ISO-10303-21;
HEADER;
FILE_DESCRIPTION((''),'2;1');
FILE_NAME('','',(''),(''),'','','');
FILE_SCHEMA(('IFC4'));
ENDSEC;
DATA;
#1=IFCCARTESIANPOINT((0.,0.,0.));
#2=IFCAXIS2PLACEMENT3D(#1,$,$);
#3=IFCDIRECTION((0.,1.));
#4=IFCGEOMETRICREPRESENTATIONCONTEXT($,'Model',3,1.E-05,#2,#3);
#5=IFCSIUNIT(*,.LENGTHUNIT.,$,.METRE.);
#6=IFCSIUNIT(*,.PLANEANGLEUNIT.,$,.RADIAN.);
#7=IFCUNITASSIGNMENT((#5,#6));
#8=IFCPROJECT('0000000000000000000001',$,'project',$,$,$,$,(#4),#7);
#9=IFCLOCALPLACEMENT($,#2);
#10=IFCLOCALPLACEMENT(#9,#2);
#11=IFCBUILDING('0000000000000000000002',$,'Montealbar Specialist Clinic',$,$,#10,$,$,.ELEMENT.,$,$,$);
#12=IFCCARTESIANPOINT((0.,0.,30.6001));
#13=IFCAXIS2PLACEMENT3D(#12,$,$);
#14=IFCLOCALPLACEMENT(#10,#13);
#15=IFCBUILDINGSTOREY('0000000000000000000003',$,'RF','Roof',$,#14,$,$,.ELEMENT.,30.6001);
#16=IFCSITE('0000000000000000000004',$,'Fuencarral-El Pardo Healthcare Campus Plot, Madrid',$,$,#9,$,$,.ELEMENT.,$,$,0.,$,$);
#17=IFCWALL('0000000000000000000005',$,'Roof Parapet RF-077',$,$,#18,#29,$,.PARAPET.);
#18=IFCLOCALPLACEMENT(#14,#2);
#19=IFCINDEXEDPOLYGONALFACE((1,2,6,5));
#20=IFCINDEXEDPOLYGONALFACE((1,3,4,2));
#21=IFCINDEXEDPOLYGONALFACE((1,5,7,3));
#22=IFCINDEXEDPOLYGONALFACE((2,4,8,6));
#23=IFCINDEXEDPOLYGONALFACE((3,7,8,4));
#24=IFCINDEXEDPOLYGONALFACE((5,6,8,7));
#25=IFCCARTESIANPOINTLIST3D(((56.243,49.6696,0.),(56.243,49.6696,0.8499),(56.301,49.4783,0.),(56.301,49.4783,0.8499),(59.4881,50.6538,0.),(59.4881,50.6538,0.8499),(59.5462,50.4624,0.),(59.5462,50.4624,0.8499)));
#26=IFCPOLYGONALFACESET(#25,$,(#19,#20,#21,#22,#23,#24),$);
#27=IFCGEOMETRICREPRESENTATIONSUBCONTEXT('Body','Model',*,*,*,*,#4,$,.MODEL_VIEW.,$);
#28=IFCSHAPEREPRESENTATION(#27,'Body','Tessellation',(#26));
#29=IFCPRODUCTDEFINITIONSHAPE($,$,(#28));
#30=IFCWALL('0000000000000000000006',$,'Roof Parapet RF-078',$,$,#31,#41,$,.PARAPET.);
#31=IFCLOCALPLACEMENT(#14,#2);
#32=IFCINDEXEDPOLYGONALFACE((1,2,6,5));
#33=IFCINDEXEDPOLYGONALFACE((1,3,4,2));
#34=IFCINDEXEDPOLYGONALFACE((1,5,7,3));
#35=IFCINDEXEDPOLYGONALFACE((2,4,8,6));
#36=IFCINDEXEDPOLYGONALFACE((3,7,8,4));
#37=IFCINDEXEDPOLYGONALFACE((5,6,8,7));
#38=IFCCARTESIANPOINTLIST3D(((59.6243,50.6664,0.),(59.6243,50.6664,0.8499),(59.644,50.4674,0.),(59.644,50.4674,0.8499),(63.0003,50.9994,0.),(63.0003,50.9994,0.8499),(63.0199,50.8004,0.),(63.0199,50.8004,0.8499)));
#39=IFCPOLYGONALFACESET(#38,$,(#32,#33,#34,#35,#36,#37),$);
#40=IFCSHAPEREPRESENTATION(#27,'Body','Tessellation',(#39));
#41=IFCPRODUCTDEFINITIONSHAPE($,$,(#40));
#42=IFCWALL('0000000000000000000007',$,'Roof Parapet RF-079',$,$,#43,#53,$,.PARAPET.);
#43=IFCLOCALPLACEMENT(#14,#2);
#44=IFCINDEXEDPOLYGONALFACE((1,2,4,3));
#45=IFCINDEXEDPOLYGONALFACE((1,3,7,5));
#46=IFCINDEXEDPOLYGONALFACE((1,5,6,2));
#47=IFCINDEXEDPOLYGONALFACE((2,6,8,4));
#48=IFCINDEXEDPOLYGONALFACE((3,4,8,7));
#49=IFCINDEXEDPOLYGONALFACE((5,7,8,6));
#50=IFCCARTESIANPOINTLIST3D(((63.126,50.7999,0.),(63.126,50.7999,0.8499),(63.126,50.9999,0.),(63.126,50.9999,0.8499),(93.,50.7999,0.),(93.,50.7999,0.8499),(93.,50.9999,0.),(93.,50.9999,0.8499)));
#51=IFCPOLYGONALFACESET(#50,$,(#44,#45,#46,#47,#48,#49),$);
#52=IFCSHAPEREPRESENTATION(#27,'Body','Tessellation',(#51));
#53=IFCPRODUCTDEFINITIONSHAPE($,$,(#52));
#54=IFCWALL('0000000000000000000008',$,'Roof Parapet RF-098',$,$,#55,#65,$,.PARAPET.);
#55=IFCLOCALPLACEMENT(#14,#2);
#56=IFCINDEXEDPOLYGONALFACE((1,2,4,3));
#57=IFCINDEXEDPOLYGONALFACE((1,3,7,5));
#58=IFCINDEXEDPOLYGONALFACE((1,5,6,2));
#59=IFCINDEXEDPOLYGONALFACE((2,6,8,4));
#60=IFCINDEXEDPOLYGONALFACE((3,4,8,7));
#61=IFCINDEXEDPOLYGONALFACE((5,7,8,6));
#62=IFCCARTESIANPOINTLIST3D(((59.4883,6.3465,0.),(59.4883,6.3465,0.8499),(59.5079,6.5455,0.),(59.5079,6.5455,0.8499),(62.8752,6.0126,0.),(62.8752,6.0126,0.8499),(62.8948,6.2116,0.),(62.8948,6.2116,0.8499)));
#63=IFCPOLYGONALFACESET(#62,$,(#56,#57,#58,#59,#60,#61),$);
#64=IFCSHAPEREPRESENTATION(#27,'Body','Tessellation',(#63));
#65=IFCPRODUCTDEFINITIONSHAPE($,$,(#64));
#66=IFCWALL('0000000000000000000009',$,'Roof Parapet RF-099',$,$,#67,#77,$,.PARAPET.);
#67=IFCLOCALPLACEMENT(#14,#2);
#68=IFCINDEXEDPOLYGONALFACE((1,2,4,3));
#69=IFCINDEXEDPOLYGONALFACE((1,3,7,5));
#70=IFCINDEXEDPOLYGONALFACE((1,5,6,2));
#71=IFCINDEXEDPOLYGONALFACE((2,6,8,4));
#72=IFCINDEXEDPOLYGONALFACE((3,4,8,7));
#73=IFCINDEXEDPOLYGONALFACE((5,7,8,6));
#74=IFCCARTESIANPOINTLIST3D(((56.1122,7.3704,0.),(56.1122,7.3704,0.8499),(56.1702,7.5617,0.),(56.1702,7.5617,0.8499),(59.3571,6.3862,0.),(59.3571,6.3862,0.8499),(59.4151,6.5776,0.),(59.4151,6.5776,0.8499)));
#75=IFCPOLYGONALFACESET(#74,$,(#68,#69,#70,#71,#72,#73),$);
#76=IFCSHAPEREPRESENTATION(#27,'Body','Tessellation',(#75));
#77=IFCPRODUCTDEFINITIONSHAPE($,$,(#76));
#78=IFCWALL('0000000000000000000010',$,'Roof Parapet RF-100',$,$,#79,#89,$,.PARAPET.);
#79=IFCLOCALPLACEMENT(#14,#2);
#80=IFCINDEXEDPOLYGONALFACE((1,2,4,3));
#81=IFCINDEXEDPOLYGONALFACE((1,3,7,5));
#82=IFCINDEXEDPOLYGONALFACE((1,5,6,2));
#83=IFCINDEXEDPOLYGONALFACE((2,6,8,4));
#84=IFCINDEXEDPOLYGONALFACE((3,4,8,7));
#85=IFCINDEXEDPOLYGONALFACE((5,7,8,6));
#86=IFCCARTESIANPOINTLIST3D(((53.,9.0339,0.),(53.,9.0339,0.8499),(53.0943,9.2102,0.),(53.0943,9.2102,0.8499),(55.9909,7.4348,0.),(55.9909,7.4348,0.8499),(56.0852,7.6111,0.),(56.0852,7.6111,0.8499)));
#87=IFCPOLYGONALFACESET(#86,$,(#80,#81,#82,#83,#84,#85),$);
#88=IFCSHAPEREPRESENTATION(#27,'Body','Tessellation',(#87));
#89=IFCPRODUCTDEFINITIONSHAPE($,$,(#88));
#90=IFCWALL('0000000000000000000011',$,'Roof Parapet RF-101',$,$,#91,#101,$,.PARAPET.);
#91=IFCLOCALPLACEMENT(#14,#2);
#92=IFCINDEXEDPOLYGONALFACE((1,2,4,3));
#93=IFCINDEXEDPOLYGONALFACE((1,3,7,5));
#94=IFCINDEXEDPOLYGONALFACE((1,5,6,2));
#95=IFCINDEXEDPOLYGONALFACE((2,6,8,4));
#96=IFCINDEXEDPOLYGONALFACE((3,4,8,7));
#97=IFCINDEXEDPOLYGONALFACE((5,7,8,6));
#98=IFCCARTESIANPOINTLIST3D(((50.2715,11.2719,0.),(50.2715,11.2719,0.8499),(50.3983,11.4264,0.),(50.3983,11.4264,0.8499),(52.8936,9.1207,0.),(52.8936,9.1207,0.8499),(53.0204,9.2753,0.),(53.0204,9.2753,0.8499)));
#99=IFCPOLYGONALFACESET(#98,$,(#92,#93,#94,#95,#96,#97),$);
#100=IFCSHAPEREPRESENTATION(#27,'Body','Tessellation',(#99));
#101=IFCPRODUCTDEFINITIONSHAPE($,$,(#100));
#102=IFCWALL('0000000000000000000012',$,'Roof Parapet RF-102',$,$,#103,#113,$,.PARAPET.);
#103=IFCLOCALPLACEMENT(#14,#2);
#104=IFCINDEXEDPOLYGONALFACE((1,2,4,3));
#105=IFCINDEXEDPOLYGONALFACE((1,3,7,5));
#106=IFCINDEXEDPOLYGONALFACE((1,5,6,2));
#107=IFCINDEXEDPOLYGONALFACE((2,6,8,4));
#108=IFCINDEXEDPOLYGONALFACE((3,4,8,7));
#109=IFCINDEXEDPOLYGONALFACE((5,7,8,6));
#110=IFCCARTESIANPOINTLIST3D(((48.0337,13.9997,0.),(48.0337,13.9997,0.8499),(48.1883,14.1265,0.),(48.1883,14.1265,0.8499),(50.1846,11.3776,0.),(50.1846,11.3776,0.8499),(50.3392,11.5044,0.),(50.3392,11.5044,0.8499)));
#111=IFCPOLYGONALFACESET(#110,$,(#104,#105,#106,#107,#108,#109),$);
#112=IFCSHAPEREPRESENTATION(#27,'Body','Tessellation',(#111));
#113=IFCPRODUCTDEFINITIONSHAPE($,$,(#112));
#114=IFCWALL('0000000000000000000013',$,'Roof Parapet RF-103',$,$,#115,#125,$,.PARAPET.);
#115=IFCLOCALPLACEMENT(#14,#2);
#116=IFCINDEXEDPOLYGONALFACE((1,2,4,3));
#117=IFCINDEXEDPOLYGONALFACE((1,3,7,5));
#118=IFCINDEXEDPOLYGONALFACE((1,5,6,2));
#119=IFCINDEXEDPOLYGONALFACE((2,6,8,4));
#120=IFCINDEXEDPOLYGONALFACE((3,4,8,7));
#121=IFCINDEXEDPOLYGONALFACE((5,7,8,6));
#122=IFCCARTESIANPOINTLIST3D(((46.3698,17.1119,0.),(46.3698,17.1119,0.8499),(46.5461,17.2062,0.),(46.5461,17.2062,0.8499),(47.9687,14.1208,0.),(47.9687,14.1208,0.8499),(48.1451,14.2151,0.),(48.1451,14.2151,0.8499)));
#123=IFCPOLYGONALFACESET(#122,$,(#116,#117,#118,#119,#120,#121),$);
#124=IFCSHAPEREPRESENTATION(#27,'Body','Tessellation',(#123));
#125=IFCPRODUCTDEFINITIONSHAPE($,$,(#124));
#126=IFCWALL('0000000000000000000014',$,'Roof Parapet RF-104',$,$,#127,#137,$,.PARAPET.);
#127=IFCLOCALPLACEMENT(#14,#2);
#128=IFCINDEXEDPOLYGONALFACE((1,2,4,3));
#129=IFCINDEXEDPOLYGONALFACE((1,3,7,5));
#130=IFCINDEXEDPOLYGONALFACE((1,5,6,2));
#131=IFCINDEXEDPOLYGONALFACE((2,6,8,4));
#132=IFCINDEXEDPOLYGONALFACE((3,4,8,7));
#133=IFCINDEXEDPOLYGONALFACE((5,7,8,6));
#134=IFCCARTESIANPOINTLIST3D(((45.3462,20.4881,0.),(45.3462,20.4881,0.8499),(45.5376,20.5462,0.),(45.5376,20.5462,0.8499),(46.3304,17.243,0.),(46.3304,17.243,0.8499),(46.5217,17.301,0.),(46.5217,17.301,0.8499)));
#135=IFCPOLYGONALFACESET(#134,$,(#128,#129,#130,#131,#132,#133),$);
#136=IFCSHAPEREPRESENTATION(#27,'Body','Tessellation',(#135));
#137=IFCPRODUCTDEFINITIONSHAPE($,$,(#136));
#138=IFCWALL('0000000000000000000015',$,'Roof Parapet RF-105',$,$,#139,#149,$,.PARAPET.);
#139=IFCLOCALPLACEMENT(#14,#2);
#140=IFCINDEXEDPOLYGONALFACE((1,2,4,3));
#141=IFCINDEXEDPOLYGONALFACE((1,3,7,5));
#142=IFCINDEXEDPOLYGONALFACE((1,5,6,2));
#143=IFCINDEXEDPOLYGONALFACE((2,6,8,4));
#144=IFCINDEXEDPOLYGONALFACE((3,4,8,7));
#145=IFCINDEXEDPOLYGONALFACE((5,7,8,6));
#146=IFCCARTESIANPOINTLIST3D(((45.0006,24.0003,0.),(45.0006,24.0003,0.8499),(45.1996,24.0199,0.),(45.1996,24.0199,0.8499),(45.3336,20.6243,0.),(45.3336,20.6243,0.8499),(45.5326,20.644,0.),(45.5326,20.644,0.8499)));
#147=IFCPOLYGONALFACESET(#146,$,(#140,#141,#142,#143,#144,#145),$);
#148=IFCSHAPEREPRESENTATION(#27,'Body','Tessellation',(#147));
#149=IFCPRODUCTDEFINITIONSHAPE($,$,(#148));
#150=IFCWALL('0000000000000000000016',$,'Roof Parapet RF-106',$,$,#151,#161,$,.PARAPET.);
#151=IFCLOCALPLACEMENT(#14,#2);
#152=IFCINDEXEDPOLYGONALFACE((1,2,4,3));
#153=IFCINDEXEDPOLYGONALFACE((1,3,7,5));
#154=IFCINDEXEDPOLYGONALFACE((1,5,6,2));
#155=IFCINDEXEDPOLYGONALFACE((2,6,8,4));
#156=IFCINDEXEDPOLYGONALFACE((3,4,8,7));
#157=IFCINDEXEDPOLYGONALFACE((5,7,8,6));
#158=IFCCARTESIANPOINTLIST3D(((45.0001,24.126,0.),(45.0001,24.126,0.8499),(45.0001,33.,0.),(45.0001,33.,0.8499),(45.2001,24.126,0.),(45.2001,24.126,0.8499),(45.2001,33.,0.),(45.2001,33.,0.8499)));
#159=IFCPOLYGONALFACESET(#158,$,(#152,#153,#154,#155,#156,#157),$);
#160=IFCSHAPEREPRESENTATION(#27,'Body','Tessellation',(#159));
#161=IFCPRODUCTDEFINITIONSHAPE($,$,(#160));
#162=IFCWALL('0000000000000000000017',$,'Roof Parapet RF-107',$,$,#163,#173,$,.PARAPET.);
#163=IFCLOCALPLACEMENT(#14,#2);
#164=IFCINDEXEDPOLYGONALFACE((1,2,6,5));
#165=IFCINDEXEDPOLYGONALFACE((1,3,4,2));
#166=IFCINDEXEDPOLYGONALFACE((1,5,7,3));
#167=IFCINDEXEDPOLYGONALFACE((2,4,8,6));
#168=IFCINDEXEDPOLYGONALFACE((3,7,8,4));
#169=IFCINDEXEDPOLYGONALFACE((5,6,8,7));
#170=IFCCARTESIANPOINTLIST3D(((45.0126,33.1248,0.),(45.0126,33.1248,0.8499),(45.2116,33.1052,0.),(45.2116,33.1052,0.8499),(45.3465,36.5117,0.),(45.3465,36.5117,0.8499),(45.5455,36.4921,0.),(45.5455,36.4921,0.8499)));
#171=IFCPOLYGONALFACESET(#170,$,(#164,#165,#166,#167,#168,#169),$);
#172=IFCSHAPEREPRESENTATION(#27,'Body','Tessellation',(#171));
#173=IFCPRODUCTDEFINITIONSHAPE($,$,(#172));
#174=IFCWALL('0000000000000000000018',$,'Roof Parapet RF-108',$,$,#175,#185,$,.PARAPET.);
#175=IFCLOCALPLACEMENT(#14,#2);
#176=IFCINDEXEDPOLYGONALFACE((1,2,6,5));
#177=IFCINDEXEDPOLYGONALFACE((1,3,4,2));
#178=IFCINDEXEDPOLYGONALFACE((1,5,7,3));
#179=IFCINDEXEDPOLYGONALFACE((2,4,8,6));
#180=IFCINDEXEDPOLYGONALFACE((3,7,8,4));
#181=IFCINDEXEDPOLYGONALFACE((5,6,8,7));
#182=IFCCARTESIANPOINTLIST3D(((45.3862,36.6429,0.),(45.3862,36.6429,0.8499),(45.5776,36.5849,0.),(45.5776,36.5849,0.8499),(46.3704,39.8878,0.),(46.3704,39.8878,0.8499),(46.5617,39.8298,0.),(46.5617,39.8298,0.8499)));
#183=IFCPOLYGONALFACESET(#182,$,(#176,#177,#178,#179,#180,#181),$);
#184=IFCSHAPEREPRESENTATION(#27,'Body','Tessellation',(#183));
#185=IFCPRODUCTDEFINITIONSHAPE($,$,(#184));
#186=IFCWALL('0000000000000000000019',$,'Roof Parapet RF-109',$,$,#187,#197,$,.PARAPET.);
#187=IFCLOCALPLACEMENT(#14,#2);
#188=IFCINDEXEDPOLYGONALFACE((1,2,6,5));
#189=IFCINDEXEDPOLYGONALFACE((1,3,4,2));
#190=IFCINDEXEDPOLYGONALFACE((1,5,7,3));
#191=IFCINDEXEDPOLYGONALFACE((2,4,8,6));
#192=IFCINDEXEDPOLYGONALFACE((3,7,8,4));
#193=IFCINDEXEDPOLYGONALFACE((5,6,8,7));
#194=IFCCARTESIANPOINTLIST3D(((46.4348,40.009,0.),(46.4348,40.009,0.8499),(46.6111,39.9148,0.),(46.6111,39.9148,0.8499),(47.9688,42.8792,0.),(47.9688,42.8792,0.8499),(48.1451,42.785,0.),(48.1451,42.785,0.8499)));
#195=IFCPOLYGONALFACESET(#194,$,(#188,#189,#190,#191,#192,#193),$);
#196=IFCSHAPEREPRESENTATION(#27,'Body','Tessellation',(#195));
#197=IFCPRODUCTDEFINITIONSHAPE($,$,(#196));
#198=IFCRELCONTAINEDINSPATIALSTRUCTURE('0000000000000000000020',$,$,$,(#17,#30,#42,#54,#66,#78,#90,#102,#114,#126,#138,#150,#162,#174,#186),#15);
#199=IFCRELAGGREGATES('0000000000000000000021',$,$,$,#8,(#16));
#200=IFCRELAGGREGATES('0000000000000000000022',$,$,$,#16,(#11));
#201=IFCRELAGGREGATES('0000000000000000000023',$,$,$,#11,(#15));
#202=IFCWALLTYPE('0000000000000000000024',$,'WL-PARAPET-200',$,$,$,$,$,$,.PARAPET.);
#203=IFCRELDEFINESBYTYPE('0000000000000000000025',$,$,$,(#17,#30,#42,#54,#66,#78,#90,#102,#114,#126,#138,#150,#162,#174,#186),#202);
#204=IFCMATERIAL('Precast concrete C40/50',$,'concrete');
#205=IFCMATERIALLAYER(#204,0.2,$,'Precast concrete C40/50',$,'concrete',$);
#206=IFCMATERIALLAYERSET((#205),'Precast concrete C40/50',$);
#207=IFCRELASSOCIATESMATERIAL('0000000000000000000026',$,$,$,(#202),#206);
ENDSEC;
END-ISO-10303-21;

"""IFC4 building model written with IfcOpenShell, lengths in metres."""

from ifc_helpers import new_model, si_unit, direction, frame, frame_2d, origin, place, context, subcontext, project, spatial, rectangle, extrude, material, layer, layer_set, type_object, element, save


model = new_model("IFC4")

# Units and contexts
model_context = context("Model", 3, precision=1e-05, world=origin(), true_north=direction((0.0, 1.0)))
body_context = subcontext(model_context, "Body", "Model", "MODEL_VIEW")
ifc_project = project(units=[si_unit("LENGTHUNIT", "METRE"), si_unit("PLANEANGLEUNIT", "RADIAN")], contexts=[model_context])

# Site, building, storey
site_placement = place(None, origin())
site = spatial("IfcSite", under=ifc_project, at=site_placement, Name="Fuencarral-El Pardo Healthcare Campus Plot, Madrid", CompositionType="ELEMENT", RefElevation=0.0)
building_placement = place(site_placement, origin())
building = spatial("IfcBuilding", under=site, at=building_placement, Name="Montealbar Specialist Clinic", CompositionType="ELEMENT")
storey_placement = place(building_placement, frame((0.0, 0.0, 30.6001)))
storey = spatial("IfcBuildingStorey", under=building, at=storey_placement, Name="RF", Description="Roof", CompositionType="ELEMENT", Elevation=30.6001)

# Walls
ifc_material_1 = material(Name="Precast concrete C40/50", Category="concrete")
ifc_layer_1 = layer(ifc_material_1, 0.2, Name="Precast concrete C40/50", Category="concrete")
ifc_layer_set_1 = layer_set([ifc_layer_1], Name="Precast concrete C40/50")
wall_type_1 = type_object("IfcWallType", Name="WL-PARAPET-200", PredefinedType="PARAPET", material=ifc_layer_set_1)
wall_1_placement = place(storey_placement, frame((56.272, 49.574, 0.0), z_axis=(0.0, 0.0, 1.0), x_axis=(0.956962, 0.290213, 0.0)))
element("IfcWall", 1, at=wall_1_placement, inside=storey, type_object=wall_type_1, Name="Roof Parapet RF-077", PredefinedType="PARAPET", context=body_context, shape_type="SweptSolid", body=[
    extrude(rectangle(XDim=3.3911, YDim=0.2, at=frame_2d((1.6956, 0.0))), origin(), (0.0, 0.0, 1.0), 0.8499),
])
wall_2_placement = place(storey_placement, frame((59.634, 50.5669, 0.0), z_axis=(0.0, 0.0, 1.0), x_axis=(0.99517, 0.098164, 0.0)))
element("IfcWall", 2, at=wall_2_placement, inside=storey, type_object=wall_type_1, Name="Roof Parapet RF-078", PredefinedType="PARAPET", context=body_context, shape_type="SweptSolid", body=[
    extrude(rectangle(XDim=3.3923, YDim=0.2, at=frame_2d((1.6963, 0.0))), origin(), (0.0, 0.0, 1.0), 0.8499),
])
wall_3_placement = place(storey_placement, frame((63.126, 50.8999, 0.0), z_axis=(0.0, 0.0, 1.0), x_axis=(1.0, 0.0, 0.0)))
element("IfcWall", 3, at=wall_3_placement, inside=storey, type_object=wall_type_1, Name="Roof Parapet RF-079", PredefinedType="PARAPET", context=body_context, shape_type="SweptSolid", body=[
    extrude(rectangle(XDim=29.874, YDim=0.2, at=frame_2d((14.937, 0.0))), origin(), (0.0, 0.0, 1.0), 0.8499),
])
wall_4_placement = place(storey_placement, frame((62.885, 6.1121, 0.0), z_axis=(0.0, 0.0, 1.0), x_axis=(-0.995173, 0.098133, 0.0)))
element("IfcWall", 4, at=wall_4_placement, inside=storey, type_object=wall_type_1, Name="Roof Parapet RF-098", PredefinedType="PARAPET", context=body_context, shape_type="SweptSolid", body=[
    extrude(rectangle(XDim=3.4033, YDim=0.2, at=frame_2d((1.7017, 0.0))), origin(), (0.0, 0.0, 1.0), 0.8499),
])
wall_5_placement = place(storey_placement, frame((59.386, 6.4819, 0.0), z_axis=(0.0, 0.0, 1.0), x_axis=(-0.956956, 0.290233, 0.0)))
element("IfcWall", 5, at=wall_5_placement, inside=storey, type_object=wall_type_1, Name="Roof Parapet RF-099", PredefinedType="PARAPET", context=body_context, shape_type="SweptSolid", body=[
    extrude(rectangle(XDim=3.3909, YDim=0.2, at=frame_2d((1.6953, 0.0))), origin(), (0.0, 0.0, 1.0), 0.8499),
])
for number, where, z_axis, x_axis, name in (
    (6, (56.0381, 7.5229, 0.0), (0.0, 0.0, 1.0), (-0.88187, 0.471492, 0.0), "Roof Parapet RF-100"),
    (7, (52.957, 9.198, 0.0), (0.0, 0.0, 1.0), (-0.77312, 0.63426, 0.0), "Roof Parapet RF-101"),
):
    element("IfcWall", number, at=place(storey_placement, frame(where, z_axis=z_axis, x_axis=x_axis)), inside=storey, type_object=wall_type_1, Name=name, PredefinedType="PARAPET", context=body_context, shape_type="SweptSolid", body=[
        extrude(rectangle(XDim=3.3916, YDim=0.2, at=frame_2d((1.6958, 0.0))), origin(), (0.0, 0.0, 1.0), 0.8499),
    ])
wall_6_placement = place(storey_placement, frame((50.262, 11.4409, 0.0), z_axis=(0.0, 0.0, 1.0), x_axis=(-0.634217, 0.773155, 0.0)))
element("IfcWall", 8, at=wall_6_placement, inside=storey, type_object=wall_type_1, Name="Roof Parapet RF-102", PredefinedType="PARAPET", context=body_context, shape_type="SweptSolid", body=[
    extrude(rectangle(XDim=3.3914, YDim=0.2, at=frame_2d((1.6958, 0.0))), origin(), (0.0, 0.0, 1.0), 0.8499),
])
wall_7_placement = place(storey_placement, frame((48.0569, 14.168, 0.0), z_axis=(0.0, 0.0, 1.0), x_axis=(-0.471436, 0.8819, 0.0)))
element("IfcWall", 9, at=wall_7_placement, inside=storey, type_object=wall_type_1, Name="Roof Parapet RF-103", PredefinedType="PARAPET", context=body_context, shape_type="SweptSolid", body=[
    extrude(rectangle(XDim=3.3916, YDim=0.2, at=frame_2d((1.6958, 0.0))), origin(), (0.0, 0.0, 1.0), 0.8499),
])
wall_8_placement = place(storey_placement, frame((46.426, 17.272, 0.0), z_axis=(0.0, 0.0, 1.0), x_axis=(-0.290213, 0.956962, 0.0)))
element("IfcWall", 10, at=wall_8_placement, inside=storey, type_object=wall_type_1, Name="Roof Parapet RF-104", PredefinedType="PARAPET", context=body_context, shape_type="SweptSolid", body=[
    extrude(rectangle(XDim=3.3911, YDim=0.2, at=frame_2d((1.6956, 0.0))), origin(), (0.0, 0.0, 1.0), 0.8499),
])
wall_9_placement = place(storey_placement, frame((45.4331, 20.634, 0.0), z_axis=(0.0, 0.0, 1.0), x_axis=(-0.098164, 0.99517, 0.0)))
element("IfcWall", 11, at=wall_9_placement, inside=storey, type_object=wall_type_1, Name="Roof Parapet RF-105", PredefinedType="PARAPET", context=body_context, shape_type="SweptSolid", body=[
    extrude(rectangle(XDim=3.3923, YDim=0.2, at=frame_2d((1.6963, 0.0))), origin(), (0.0, 0.0, 1.0), 0.8499),
])
wall_10_placement = place(storey_placement, frame((45.1001, 24.126, 0.0), z_axis=(0.0, 0.0, 1.0), x_axis=(0.0, 1.0, 0.0)))
element("IfcWall", 12, at=wall_10_placement, inside=storey, type_object=wall_type_1, Name="Roof Parapet RF-106", PredefinedType="PARAPET", context=body_context, shape_type="SweptSolid", body=[
    extrude(rectangle(XDim=8.874, YDim=0.2, at=frame_2d((4.437, 0.0))), origin(), (0.0, 0.0, 1.0), 0.8499),
])
wall_11_placement = place(storey_placement, frame((45.1121, 33.115, 0.0), z_axis=(0.0, 0.0, 1.0), x_axis=(0.098133, 0.995173, 0.0)))
element("IfcWall", 13, at=wall_11_placement, inside=storey, type_object=wall_type_1, Name="Roof Parapet RF-107", PredefinedType="PARAPET", context=body_context, shape_type="SweptSolid", body=[
    extrude(rectangle(XDim=3.4033, YDim=0.2, at=frame_2d((1.7017, 0.0))), origin(), (0.0, 0.0, 1.0), 0.8499),
])
wall_12_placement = place(storey_placement, frame((45.4819, 36.614, 0.0), z_axis=(0.0, 0.0, 1.0), x_axis=(0.290233, 0.956956, 0.0)))
element("IfcWall", 14, at=wall_12_placement, inside=storey, type_object=wall_type_1, Name="Roof Parapet RF-108", PredefinedType="PARAPET", context=body_context, shape_type="SweptSolid", body=[
    extrude(rectangle(XDim=3.3909, YDim=0.2, at=frame_2d((1.6953, 0.0))), origin(), (0.0, 0.0, 1.0), 0.8499),
])
wall_13_placement = place(storey_placement, frame((46.5229, 39.9619, 0.0), z_axis=(0.0, 0.0, 1.0), x_axis=(0.471355, 0.881943, 0.0)))
element("IfcWall", 15, at=wall_13_placement, inside=storey, type_object=wall_type_1, Name="Roof Parapet RF-109", PredefinedType="PARAPET", context=body_context, shape_type="SweptSolid", body=[
    extrude(rectangle(XDim=3.2544, YDim=0.2, at=frame_2d((1.6272, 0.0))), origin(), (0.0, 0.0, 1.0), 0.8499),
])

save(model, "model.ifc")
